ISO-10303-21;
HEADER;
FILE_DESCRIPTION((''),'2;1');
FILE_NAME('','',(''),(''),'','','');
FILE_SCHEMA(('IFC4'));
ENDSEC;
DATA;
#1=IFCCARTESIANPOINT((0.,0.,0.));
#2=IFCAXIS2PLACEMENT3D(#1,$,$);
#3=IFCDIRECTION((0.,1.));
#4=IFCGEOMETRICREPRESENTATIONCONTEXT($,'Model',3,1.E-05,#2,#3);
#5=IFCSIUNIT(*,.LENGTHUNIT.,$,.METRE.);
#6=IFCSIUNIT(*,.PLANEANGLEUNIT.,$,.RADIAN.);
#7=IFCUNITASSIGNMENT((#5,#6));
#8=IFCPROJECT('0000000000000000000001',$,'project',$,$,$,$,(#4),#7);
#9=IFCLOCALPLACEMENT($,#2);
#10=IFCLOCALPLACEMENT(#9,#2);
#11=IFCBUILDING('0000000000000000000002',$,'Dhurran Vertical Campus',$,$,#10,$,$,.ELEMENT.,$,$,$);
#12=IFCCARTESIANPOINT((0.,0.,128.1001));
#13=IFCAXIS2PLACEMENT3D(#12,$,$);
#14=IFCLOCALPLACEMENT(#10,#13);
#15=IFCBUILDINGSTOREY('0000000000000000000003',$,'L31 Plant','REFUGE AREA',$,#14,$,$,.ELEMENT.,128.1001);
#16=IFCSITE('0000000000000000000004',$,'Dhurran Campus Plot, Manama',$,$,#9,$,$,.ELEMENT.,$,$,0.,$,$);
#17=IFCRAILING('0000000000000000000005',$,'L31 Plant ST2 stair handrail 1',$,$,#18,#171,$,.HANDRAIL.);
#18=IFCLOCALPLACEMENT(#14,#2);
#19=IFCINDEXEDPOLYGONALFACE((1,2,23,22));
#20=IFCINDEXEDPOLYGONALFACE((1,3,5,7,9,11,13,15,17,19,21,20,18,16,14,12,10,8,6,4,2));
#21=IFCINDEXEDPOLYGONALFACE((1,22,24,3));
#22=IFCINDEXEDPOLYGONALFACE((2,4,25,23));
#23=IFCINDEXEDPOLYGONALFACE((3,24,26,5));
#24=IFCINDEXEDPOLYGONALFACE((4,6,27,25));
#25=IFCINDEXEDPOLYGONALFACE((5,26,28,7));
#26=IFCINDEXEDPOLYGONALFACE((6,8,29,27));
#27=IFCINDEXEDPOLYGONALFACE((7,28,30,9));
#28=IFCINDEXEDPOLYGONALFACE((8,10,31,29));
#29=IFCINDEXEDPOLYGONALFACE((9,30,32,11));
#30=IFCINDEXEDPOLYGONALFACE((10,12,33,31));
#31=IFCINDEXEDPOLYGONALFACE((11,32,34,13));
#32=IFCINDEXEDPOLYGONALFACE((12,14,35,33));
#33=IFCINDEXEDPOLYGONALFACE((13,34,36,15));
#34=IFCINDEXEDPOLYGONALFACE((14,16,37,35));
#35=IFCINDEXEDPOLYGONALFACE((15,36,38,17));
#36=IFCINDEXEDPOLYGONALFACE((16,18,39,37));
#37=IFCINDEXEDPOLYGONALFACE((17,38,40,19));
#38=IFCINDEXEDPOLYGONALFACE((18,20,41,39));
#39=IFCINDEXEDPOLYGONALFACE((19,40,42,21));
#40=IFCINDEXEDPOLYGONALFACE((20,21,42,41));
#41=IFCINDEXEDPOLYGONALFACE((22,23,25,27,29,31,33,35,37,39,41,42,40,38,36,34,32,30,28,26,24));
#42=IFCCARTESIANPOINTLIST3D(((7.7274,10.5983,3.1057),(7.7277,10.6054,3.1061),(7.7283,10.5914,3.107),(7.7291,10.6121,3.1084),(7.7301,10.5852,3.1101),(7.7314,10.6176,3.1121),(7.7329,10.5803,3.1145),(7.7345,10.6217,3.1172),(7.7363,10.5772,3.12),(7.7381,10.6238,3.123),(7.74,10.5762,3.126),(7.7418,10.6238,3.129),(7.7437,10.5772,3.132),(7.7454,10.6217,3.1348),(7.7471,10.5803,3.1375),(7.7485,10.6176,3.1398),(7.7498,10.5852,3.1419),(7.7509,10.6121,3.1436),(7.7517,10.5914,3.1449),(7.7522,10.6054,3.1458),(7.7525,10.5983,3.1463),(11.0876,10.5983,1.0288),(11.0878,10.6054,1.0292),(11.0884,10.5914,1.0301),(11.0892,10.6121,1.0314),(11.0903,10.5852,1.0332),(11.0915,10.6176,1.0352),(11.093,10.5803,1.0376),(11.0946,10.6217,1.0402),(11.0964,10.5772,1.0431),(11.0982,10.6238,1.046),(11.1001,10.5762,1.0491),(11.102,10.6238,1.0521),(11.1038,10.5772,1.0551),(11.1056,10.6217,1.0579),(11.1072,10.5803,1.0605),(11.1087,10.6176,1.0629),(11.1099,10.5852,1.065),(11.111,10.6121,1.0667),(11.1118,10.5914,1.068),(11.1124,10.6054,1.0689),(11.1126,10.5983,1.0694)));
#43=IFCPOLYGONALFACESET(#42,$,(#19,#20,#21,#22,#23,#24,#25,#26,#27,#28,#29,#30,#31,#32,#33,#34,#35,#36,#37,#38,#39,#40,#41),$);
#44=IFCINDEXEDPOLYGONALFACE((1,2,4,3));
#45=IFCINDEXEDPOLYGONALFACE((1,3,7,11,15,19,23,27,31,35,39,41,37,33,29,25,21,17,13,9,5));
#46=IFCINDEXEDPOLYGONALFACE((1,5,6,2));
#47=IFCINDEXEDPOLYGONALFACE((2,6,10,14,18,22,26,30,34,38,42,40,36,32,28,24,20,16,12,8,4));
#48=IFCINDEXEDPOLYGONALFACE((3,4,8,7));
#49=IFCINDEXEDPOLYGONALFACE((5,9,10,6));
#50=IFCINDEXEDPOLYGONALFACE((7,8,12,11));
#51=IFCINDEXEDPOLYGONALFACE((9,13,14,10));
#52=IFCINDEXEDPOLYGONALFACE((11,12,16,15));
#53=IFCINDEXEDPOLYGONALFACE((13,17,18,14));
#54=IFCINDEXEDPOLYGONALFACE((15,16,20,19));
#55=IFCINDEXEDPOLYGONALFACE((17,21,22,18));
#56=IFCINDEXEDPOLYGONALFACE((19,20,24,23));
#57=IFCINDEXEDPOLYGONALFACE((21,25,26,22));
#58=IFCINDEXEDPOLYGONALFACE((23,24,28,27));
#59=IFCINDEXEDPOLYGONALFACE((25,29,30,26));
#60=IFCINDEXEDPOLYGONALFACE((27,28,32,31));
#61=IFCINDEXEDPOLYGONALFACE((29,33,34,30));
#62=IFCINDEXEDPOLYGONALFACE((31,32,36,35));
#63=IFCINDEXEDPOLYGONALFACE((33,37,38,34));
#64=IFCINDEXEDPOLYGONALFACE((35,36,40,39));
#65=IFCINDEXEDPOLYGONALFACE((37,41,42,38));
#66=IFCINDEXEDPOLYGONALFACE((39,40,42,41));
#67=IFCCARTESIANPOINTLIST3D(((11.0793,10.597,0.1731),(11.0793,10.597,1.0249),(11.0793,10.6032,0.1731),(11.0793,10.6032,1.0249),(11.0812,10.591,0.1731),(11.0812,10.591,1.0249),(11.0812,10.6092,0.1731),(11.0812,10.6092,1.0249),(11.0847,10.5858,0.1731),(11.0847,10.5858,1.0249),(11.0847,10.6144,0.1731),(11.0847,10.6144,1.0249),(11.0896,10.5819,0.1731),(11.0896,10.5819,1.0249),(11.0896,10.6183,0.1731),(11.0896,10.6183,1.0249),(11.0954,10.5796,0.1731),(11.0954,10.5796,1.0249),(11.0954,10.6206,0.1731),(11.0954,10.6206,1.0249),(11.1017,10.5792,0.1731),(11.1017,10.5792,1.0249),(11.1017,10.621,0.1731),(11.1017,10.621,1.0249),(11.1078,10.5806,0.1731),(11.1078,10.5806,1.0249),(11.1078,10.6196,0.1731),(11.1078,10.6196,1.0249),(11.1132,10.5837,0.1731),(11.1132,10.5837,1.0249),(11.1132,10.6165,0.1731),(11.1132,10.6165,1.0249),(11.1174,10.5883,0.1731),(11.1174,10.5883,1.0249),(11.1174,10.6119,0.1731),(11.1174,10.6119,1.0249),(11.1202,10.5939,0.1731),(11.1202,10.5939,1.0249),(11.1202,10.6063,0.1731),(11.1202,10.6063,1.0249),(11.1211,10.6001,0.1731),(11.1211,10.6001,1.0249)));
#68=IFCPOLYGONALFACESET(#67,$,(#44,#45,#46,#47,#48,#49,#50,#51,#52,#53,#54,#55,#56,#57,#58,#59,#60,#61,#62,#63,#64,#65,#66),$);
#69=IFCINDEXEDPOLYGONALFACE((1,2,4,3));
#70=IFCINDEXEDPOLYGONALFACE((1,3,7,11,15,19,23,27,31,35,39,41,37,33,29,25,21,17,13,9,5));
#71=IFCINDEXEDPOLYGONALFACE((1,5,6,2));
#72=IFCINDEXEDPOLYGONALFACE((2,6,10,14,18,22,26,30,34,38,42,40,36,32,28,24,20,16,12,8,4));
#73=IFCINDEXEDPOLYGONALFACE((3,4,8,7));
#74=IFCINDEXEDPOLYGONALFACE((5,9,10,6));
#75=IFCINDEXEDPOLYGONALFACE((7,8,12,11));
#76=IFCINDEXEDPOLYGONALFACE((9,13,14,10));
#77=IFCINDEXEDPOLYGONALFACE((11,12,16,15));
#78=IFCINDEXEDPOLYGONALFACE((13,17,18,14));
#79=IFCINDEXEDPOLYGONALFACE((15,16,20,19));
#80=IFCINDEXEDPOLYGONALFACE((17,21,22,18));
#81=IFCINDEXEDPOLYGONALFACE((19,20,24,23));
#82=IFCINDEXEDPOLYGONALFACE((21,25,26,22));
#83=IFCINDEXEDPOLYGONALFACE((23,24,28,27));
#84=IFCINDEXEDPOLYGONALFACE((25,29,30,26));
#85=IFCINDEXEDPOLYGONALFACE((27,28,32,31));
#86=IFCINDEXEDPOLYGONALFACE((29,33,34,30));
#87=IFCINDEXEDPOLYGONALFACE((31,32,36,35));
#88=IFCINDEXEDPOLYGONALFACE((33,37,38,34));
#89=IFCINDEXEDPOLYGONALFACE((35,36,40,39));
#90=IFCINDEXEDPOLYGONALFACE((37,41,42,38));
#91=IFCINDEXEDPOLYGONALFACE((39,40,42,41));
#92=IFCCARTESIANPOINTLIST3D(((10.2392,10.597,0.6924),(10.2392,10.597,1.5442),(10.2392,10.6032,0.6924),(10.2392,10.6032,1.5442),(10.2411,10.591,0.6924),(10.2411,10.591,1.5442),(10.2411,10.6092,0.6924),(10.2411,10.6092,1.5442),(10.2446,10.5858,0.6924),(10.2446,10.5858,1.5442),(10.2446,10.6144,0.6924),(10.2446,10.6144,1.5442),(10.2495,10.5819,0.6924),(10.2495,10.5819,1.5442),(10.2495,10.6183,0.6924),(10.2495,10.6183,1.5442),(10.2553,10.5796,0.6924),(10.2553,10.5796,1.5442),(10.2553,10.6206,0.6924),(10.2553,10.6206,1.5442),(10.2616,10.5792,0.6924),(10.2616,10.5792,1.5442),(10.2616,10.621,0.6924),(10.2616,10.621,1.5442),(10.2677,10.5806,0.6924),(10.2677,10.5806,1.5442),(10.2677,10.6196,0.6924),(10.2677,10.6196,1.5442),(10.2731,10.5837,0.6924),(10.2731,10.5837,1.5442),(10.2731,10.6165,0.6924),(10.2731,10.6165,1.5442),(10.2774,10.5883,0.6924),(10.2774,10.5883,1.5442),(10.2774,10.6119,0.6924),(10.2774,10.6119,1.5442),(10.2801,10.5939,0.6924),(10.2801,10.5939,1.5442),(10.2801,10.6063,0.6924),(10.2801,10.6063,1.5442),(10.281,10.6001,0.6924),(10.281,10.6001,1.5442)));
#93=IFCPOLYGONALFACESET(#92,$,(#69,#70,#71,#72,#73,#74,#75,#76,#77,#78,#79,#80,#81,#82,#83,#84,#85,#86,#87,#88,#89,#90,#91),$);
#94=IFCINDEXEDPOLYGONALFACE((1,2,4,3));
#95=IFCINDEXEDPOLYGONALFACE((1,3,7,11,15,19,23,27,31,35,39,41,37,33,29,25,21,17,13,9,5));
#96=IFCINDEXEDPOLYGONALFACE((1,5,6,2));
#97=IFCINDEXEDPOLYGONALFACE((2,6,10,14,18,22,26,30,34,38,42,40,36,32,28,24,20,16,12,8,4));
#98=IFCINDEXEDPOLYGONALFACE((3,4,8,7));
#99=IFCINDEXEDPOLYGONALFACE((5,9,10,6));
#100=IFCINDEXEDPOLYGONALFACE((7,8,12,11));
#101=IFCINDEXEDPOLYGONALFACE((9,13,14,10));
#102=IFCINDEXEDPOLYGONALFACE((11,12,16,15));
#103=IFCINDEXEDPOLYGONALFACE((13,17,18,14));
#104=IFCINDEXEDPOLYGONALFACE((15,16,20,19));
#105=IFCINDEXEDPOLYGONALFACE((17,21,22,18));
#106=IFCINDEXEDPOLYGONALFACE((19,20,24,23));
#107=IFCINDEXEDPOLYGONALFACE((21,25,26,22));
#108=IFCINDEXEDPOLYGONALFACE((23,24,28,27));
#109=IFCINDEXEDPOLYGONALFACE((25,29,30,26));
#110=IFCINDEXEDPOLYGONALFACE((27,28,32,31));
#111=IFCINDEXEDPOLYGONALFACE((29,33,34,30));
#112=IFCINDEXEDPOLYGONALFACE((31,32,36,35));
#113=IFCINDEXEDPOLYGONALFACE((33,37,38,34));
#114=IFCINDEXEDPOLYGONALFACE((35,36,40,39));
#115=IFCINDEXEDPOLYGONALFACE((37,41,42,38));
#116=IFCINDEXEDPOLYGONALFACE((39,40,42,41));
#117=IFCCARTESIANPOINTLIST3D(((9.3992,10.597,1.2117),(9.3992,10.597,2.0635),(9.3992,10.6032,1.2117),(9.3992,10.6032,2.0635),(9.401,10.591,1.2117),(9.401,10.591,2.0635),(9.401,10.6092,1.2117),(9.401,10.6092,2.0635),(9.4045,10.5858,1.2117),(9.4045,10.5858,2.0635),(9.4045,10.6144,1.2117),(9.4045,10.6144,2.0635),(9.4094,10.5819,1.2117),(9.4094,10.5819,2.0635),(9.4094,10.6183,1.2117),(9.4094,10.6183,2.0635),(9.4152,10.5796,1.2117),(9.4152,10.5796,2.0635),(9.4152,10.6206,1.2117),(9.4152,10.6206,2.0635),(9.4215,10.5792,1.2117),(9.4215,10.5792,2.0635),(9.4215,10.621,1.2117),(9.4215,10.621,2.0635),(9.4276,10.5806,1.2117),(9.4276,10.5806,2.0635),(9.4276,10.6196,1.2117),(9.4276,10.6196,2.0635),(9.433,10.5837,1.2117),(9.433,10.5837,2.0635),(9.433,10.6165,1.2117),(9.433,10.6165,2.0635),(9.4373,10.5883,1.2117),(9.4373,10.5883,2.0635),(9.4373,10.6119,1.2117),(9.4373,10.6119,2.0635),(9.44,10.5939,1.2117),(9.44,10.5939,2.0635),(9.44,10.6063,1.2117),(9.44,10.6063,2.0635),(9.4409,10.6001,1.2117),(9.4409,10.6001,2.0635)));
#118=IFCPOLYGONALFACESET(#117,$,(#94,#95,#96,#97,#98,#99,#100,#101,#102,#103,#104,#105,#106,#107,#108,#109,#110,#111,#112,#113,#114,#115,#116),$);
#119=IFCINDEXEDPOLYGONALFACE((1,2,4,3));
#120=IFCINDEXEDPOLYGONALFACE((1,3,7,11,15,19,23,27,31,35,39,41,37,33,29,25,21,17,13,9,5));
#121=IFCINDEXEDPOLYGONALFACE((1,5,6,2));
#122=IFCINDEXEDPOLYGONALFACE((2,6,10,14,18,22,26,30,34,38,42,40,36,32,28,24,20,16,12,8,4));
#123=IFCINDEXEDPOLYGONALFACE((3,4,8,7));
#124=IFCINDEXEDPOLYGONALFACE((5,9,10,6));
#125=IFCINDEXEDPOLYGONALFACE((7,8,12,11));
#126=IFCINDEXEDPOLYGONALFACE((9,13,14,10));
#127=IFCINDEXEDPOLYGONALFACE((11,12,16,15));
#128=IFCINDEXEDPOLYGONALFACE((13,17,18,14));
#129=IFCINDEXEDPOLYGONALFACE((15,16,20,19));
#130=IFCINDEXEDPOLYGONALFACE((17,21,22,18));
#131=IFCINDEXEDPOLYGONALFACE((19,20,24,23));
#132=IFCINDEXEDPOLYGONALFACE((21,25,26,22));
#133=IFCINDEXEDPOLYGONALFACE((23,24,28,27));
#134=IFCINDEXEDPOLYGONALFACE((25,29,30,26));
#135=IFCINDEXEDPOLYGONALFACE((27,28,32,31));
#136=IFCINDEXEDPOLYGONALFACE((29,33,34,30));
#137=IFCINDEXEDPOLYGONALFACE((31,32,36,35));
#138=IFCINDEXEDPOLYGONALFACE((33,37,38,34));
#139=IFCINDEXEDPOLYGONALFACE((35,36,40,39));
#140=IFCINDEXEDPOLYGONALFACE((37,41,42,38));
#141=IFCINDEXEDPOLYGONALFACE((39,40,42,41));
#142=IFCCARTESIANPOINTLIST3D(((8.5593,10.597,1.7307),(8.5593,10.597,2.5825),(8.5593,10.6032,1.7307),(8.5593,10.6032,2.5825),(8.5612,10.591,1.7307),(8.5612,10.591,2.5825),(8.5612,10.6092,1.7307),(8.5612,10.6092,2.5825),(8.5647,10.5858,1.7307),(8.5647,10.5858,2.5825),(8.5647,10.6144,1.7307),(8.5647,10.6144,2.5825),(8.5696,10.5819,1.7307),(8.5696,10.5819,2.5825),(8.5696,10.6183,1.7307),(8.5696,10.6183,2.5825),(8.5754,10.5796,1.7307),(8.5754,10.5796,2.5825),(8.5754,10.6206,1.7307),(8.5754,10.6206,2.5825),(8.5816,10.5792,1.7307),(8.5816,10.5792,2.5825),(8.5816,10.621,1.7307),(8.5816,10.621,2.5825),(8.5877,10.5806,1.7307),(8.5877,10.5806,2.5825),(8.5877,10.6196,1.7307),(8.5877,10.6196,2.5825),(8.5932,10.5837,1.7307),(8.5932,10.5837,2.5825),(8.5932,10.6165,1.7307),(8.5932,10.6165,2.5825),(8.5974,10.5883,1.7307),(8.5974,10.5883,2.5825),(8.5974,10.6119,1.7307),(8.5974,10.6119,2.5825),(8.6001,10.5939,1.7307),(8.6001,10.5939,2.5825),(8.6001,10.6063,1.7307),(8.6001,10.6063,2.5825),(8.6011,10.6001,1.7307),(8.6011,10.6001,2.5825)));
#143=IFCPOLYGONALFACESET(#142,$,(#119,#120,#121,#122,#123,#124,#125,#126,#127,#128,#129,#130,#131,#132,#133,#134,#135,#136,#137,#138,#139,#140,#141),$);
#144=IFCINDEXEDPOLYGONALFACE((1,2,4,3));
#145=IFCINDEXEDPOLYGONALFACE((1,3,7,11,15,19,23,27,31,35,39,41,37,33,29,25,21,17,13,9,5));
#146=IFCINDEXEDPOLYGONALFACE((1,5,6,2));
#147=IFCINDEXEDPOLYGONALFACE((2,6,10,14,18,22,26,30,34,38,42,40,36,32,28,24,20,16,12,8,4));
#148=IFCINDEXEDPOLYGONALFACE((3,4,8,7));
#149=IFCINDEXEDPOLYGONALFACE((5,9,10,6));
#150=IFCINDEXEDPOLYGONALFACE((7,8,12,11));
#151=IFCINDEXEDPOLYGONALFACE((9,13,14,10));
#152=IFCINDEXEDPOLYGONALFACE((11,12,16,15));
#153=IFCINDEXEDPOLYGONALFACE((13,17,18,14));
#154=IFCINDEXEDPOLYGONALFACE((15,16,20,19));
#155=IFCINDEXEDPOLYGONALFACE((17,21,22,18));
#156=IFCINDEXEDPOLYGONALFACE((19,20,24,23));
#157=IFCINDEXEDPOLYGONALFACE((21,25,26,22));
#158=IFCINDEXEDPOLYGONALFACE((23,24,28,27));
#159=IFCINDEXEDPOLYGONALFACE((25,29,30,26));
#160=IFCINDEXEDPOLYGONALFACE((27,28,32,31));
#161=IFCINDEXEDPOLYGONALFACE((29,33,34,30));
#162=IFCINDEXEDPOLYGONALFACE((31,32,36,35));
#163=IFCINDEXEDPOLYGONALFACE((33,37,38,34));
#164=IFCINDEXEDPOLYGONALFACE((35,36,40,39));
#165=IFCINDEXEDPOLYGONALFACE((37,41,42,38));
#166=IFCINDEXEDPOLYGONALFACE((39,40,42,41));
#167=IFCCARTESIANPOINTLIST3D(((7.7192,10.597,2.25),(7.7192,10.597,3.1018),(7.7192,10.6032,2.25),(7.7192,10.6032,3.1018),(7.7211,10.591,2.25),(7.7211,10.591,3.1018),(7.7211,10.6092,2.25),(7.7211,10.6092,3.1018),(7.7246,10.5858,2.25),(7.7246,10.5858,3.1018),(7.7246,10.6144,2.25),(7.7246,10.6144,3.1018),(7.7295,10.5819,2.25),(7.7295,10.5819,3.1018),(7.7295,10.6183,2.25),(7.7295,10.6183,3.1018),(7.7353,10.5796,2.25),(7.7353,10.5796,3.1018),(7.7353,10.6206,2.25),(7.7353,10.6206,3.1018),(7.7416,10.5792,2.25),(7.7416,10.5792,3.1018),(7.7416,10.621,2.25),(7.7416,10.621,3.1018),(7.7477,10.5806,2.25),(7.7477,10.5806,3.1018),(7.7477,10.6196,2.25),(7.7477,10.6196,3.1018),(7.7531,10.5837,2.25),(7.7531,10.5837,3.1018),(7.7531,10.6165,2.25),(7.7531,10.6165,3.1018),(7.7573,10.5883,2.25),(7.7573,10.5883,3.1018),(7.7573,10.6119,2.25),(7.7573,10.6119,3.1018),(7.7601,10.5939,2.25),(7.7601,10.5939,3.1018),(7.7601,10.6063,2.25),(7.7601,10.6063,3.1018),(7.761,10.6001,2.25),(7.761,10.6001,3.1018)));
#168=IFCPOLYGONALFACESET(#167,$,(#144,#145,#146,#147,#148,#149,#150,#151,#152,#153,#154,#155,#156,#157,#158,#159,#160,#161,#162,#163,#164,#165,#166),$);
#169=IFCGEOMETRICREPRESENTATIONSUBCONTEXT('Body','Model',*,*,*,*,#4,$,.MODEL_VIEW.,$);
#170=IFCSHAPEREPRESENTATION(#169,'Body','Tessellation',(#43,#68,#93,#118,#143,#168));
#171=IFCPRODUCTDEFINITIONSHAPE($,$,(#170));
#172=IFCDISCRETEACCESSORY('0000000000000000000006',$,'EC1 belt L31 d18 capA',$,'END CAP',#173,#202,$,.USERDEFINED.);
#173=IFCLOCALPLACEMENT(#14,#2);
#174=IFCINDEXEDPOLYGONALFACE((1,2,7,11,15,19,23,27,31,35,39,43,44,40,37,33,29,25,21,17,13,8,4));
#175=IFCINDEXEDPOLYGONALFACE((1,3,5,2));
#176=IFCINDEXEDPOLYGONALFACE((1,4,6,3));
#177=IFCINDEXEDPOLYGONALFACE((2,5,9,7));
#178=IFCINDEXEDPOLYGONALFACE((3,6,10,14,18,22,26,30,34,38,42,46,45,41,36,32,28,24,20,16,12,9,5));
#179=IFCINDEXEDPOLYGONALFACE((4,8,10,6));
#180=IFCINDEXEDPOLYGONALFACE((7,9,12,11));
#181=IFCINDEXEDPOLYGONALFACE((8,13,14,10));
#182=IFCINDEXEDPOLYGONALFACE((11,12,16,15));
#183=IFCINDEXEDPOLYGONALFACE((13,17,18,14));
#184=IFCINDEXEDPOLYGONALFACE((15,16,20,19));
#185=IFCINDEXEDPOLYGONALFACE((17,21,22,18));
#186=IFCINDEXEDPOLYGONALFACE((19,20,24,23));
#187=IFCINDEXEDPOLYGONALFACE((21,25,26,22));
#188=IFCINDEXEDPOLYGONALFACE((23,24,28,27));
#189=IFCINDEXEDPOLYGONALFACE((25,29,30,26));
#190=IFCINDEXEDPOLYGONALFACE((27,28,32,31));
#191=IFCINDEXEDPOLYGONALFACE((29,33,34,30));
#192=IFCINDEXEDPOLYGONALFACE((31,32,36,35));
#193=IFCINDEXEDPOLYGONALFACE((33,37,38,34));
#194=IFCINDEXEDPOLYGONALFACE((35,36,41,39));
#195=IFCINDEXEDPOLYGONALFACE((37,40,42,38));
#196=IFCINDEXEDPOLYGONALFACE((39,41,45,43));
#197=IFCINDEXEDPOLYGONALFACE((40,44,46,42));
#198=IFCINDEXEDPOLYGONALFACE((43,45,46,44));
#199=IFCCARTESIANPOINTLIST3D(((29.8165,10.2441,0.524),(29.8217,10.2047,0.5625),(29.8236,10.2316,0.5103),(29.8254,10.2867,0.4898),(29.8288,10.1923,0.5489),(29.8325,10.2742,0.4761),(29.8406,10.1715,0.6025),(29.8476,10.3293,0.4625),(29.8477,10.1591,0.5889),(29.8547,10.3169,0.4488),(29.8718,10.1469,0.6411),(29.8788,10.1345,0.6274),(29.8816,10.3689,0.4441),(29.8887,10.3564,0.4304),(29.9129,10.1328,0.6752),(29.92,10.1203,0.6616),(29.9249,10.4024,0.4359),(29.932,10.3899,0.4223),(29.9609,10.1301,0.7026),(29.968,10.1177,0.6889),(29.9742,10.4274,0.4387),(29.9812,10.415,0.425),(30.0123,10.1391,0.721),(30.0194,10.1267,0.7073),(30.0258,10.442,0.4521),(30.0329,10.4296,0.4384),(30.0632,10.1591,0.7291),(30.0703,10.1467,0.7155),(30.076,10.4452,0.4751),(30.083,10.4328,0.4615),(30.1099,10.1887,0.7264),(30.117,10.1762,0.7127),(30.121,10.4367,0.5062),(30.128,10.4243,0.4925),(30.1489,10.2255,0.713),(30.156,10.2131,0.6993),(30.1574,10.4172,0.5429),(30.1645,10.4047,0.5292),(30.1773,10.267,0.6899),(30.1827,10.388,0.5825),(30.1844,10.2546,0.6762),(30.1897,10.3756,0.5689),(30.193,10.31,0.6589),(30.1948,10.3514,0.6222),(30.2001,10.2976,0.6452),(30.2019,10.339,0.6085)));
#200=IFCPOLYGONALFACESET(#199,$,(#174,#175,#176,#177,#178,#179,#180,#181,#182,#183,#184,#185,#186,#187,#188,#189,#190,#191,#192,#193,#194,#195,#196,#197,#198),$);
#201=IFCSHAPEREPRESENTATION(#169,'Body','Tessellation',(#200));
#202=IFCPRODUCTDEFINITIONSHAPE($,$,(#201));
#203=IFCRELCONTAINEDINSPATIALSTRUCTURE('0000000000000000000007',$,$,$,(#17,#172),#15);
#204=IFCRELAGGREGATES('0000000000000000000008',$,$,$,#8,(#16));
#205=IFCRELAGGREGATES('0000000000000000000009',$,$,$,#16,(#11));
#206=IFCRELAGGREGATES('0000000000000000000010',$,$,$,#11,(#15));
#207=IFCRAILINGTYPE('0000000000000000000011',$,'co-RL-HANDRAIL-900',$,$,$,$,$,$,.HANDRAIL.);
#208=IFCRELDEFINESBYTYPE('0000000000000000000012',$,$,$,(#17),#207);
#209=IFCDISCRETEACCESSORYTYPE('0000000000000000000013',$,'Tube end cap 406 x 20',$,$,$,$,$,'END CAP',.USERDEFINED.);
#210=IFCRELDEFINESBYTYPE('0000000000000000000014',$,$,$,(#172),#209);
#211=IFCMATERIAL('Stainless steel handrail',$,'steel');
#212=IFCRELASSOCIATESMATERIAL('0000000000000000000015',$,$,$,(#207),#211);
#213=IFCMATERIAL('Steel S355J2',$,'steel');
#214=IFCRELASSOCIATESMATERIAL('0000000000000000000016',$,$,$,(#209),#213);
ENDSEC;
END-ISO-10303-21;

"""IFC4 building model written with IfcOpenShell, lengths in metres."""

from ifc_helpers import new_model, si_unit, direction, frame, origin, origin_2d, place, context, subcontext, project, spatial, circle, extrude, material, material_profile, profile_set, type_object, element, save


model = new_model("IFC4")

# Units and contexts
model_context = context("Model", 3, precision=1e-05, world=origin(), true_north=direction((0.0, 1.0)))
body_context = subcontext(model_context, "Body", "Model", "MODEL_VIEW")
ifc_project = project(units=[si_unit("LENGTHUNIT", "METRE"), si_unit("PLANEANGLEUNIT", "RADIAN")], contexts=[model_context])

# Site, building, storey
site_placement = place(None, origin())
site = spatial("IfcSite", under=ifc_project, at=site_placement, Name="Dhurran Campus Plot, Manama", CompositionType="ELEMENT", RefElevation=0.0)
building_placement = place(site_placement, origin())
building = spatial("IfcBuilding", under=site, at=building_placement, Name="Dhurran Vertical Campus", CompositionType="ELEMENT")
storey_placement = place(building_placement, frame((0.0, 0.0, 128.1001)))
storey = spatial("IfcBuildingStorey", under=building, at=storey_placement, Name="L31 Plant", Description="REFUGE AREA", CompositionType="ELEMENT", Elevation=128.1001)

# Railing
ifc_material_1 = material(Name="Stainless steel handrail", Category="steel")
railing_type_1 = type_object("IfcRailingType", Name="co-RL-HANDRAIL-900", PredefinedType="HANDRAIL", material=ifc_material_1)
railing_1_placement = place(storey_placement, frame((11.1001, 10.6001, 0.1731)))
element("IfcRailing", 1, at=railing_1_placement, inside=storey, type_object=railing_type_1, Name="L31 Plant ST2 stair handrail 1", PredefinedType="HANDRAIL", context=body_context, shape_type="SweptSolid", body=[
    extrude(circle(Radius=0.0239, at=origin_2d()), frame((0.0, 0.0, 0.876), z_axis=(-0.850623, 0.0, 0.525776), x_axis=(0.0, -1.0, 0.0)), (0.0, 0.0, 1.0), 3.9502),
    extrude(circle(Radius=0.021, at=origin_2d()), origin(), (0.0, 0.0, 1.0), 0.8518),
    extrude(circle(Radius=0.021, at=origin_2d()), frame((-0.8401, 0.0, 0.5193)), (0.0, 0.0, 1.0), 0.8518),
    extrude(circle(Radius=0.021, at=origin_2d()), frame((-1.6802, 0.0, 1.0386)), (0.0, 0.0, 1.0), 0.8518),
    extrude(circle(Radius=0.021, at=origin_2d()), frame((-2.52, 0.0, 1.5576)), (0.0, 0.0, 1.0), 0.8518),
    extrude(circle(Radius=0.021, at=origin_2d()), frame((-3.3601, 0.0, 2.0769)), (0.0, 0.0, 1.0), 0.8518),
])

# Discrete accessory
ifc_material_2 = material(Name="Steel S355J2", Category="steel")
ifc_material_profile_1 = material_profile(ifc_material_2, circle(Radius=0.2031, at=origin_2d()), Name="Tube end cap 406 x 20")
ifc_profile_set_1 = profile_set([ifc_material_profile_1], Name="Steel S355J2")
discrete_accessory_type = type_object("IfcDiscreteAccessoryType", Name="Tube end cap 406 x 20", ElementType="END CAP", PredefinedType="USERDEFINED", material=ifc_profile_set_1)
for number, where, z_axis, x_axis, name in (
    (2, (30.0061, 10.2876, 0.5825), (0.357562, -0.628816, -0.690464), (0.86929, 0.494302, 0.0), "EC1 belt L31 d18 capA"),
):
    element("IfcDiscreteAccessory", number, at=place(storey_placement, frame(where, z_axis=z_axis, x_axis=x_axis)), inside=storey, type_object=discrete_accessory_type, Name=name, ObjectType="END CAP", PredefinedType="USERDEFINED", context=body_context, shape_type="SweptSolid", body=[
        extrude(circle(Radius=0.2031, at=origin_2d()), origin(), (0.0, 0.0, 1.0), 0.0198),
    ])

save(model, "model.ifc")
